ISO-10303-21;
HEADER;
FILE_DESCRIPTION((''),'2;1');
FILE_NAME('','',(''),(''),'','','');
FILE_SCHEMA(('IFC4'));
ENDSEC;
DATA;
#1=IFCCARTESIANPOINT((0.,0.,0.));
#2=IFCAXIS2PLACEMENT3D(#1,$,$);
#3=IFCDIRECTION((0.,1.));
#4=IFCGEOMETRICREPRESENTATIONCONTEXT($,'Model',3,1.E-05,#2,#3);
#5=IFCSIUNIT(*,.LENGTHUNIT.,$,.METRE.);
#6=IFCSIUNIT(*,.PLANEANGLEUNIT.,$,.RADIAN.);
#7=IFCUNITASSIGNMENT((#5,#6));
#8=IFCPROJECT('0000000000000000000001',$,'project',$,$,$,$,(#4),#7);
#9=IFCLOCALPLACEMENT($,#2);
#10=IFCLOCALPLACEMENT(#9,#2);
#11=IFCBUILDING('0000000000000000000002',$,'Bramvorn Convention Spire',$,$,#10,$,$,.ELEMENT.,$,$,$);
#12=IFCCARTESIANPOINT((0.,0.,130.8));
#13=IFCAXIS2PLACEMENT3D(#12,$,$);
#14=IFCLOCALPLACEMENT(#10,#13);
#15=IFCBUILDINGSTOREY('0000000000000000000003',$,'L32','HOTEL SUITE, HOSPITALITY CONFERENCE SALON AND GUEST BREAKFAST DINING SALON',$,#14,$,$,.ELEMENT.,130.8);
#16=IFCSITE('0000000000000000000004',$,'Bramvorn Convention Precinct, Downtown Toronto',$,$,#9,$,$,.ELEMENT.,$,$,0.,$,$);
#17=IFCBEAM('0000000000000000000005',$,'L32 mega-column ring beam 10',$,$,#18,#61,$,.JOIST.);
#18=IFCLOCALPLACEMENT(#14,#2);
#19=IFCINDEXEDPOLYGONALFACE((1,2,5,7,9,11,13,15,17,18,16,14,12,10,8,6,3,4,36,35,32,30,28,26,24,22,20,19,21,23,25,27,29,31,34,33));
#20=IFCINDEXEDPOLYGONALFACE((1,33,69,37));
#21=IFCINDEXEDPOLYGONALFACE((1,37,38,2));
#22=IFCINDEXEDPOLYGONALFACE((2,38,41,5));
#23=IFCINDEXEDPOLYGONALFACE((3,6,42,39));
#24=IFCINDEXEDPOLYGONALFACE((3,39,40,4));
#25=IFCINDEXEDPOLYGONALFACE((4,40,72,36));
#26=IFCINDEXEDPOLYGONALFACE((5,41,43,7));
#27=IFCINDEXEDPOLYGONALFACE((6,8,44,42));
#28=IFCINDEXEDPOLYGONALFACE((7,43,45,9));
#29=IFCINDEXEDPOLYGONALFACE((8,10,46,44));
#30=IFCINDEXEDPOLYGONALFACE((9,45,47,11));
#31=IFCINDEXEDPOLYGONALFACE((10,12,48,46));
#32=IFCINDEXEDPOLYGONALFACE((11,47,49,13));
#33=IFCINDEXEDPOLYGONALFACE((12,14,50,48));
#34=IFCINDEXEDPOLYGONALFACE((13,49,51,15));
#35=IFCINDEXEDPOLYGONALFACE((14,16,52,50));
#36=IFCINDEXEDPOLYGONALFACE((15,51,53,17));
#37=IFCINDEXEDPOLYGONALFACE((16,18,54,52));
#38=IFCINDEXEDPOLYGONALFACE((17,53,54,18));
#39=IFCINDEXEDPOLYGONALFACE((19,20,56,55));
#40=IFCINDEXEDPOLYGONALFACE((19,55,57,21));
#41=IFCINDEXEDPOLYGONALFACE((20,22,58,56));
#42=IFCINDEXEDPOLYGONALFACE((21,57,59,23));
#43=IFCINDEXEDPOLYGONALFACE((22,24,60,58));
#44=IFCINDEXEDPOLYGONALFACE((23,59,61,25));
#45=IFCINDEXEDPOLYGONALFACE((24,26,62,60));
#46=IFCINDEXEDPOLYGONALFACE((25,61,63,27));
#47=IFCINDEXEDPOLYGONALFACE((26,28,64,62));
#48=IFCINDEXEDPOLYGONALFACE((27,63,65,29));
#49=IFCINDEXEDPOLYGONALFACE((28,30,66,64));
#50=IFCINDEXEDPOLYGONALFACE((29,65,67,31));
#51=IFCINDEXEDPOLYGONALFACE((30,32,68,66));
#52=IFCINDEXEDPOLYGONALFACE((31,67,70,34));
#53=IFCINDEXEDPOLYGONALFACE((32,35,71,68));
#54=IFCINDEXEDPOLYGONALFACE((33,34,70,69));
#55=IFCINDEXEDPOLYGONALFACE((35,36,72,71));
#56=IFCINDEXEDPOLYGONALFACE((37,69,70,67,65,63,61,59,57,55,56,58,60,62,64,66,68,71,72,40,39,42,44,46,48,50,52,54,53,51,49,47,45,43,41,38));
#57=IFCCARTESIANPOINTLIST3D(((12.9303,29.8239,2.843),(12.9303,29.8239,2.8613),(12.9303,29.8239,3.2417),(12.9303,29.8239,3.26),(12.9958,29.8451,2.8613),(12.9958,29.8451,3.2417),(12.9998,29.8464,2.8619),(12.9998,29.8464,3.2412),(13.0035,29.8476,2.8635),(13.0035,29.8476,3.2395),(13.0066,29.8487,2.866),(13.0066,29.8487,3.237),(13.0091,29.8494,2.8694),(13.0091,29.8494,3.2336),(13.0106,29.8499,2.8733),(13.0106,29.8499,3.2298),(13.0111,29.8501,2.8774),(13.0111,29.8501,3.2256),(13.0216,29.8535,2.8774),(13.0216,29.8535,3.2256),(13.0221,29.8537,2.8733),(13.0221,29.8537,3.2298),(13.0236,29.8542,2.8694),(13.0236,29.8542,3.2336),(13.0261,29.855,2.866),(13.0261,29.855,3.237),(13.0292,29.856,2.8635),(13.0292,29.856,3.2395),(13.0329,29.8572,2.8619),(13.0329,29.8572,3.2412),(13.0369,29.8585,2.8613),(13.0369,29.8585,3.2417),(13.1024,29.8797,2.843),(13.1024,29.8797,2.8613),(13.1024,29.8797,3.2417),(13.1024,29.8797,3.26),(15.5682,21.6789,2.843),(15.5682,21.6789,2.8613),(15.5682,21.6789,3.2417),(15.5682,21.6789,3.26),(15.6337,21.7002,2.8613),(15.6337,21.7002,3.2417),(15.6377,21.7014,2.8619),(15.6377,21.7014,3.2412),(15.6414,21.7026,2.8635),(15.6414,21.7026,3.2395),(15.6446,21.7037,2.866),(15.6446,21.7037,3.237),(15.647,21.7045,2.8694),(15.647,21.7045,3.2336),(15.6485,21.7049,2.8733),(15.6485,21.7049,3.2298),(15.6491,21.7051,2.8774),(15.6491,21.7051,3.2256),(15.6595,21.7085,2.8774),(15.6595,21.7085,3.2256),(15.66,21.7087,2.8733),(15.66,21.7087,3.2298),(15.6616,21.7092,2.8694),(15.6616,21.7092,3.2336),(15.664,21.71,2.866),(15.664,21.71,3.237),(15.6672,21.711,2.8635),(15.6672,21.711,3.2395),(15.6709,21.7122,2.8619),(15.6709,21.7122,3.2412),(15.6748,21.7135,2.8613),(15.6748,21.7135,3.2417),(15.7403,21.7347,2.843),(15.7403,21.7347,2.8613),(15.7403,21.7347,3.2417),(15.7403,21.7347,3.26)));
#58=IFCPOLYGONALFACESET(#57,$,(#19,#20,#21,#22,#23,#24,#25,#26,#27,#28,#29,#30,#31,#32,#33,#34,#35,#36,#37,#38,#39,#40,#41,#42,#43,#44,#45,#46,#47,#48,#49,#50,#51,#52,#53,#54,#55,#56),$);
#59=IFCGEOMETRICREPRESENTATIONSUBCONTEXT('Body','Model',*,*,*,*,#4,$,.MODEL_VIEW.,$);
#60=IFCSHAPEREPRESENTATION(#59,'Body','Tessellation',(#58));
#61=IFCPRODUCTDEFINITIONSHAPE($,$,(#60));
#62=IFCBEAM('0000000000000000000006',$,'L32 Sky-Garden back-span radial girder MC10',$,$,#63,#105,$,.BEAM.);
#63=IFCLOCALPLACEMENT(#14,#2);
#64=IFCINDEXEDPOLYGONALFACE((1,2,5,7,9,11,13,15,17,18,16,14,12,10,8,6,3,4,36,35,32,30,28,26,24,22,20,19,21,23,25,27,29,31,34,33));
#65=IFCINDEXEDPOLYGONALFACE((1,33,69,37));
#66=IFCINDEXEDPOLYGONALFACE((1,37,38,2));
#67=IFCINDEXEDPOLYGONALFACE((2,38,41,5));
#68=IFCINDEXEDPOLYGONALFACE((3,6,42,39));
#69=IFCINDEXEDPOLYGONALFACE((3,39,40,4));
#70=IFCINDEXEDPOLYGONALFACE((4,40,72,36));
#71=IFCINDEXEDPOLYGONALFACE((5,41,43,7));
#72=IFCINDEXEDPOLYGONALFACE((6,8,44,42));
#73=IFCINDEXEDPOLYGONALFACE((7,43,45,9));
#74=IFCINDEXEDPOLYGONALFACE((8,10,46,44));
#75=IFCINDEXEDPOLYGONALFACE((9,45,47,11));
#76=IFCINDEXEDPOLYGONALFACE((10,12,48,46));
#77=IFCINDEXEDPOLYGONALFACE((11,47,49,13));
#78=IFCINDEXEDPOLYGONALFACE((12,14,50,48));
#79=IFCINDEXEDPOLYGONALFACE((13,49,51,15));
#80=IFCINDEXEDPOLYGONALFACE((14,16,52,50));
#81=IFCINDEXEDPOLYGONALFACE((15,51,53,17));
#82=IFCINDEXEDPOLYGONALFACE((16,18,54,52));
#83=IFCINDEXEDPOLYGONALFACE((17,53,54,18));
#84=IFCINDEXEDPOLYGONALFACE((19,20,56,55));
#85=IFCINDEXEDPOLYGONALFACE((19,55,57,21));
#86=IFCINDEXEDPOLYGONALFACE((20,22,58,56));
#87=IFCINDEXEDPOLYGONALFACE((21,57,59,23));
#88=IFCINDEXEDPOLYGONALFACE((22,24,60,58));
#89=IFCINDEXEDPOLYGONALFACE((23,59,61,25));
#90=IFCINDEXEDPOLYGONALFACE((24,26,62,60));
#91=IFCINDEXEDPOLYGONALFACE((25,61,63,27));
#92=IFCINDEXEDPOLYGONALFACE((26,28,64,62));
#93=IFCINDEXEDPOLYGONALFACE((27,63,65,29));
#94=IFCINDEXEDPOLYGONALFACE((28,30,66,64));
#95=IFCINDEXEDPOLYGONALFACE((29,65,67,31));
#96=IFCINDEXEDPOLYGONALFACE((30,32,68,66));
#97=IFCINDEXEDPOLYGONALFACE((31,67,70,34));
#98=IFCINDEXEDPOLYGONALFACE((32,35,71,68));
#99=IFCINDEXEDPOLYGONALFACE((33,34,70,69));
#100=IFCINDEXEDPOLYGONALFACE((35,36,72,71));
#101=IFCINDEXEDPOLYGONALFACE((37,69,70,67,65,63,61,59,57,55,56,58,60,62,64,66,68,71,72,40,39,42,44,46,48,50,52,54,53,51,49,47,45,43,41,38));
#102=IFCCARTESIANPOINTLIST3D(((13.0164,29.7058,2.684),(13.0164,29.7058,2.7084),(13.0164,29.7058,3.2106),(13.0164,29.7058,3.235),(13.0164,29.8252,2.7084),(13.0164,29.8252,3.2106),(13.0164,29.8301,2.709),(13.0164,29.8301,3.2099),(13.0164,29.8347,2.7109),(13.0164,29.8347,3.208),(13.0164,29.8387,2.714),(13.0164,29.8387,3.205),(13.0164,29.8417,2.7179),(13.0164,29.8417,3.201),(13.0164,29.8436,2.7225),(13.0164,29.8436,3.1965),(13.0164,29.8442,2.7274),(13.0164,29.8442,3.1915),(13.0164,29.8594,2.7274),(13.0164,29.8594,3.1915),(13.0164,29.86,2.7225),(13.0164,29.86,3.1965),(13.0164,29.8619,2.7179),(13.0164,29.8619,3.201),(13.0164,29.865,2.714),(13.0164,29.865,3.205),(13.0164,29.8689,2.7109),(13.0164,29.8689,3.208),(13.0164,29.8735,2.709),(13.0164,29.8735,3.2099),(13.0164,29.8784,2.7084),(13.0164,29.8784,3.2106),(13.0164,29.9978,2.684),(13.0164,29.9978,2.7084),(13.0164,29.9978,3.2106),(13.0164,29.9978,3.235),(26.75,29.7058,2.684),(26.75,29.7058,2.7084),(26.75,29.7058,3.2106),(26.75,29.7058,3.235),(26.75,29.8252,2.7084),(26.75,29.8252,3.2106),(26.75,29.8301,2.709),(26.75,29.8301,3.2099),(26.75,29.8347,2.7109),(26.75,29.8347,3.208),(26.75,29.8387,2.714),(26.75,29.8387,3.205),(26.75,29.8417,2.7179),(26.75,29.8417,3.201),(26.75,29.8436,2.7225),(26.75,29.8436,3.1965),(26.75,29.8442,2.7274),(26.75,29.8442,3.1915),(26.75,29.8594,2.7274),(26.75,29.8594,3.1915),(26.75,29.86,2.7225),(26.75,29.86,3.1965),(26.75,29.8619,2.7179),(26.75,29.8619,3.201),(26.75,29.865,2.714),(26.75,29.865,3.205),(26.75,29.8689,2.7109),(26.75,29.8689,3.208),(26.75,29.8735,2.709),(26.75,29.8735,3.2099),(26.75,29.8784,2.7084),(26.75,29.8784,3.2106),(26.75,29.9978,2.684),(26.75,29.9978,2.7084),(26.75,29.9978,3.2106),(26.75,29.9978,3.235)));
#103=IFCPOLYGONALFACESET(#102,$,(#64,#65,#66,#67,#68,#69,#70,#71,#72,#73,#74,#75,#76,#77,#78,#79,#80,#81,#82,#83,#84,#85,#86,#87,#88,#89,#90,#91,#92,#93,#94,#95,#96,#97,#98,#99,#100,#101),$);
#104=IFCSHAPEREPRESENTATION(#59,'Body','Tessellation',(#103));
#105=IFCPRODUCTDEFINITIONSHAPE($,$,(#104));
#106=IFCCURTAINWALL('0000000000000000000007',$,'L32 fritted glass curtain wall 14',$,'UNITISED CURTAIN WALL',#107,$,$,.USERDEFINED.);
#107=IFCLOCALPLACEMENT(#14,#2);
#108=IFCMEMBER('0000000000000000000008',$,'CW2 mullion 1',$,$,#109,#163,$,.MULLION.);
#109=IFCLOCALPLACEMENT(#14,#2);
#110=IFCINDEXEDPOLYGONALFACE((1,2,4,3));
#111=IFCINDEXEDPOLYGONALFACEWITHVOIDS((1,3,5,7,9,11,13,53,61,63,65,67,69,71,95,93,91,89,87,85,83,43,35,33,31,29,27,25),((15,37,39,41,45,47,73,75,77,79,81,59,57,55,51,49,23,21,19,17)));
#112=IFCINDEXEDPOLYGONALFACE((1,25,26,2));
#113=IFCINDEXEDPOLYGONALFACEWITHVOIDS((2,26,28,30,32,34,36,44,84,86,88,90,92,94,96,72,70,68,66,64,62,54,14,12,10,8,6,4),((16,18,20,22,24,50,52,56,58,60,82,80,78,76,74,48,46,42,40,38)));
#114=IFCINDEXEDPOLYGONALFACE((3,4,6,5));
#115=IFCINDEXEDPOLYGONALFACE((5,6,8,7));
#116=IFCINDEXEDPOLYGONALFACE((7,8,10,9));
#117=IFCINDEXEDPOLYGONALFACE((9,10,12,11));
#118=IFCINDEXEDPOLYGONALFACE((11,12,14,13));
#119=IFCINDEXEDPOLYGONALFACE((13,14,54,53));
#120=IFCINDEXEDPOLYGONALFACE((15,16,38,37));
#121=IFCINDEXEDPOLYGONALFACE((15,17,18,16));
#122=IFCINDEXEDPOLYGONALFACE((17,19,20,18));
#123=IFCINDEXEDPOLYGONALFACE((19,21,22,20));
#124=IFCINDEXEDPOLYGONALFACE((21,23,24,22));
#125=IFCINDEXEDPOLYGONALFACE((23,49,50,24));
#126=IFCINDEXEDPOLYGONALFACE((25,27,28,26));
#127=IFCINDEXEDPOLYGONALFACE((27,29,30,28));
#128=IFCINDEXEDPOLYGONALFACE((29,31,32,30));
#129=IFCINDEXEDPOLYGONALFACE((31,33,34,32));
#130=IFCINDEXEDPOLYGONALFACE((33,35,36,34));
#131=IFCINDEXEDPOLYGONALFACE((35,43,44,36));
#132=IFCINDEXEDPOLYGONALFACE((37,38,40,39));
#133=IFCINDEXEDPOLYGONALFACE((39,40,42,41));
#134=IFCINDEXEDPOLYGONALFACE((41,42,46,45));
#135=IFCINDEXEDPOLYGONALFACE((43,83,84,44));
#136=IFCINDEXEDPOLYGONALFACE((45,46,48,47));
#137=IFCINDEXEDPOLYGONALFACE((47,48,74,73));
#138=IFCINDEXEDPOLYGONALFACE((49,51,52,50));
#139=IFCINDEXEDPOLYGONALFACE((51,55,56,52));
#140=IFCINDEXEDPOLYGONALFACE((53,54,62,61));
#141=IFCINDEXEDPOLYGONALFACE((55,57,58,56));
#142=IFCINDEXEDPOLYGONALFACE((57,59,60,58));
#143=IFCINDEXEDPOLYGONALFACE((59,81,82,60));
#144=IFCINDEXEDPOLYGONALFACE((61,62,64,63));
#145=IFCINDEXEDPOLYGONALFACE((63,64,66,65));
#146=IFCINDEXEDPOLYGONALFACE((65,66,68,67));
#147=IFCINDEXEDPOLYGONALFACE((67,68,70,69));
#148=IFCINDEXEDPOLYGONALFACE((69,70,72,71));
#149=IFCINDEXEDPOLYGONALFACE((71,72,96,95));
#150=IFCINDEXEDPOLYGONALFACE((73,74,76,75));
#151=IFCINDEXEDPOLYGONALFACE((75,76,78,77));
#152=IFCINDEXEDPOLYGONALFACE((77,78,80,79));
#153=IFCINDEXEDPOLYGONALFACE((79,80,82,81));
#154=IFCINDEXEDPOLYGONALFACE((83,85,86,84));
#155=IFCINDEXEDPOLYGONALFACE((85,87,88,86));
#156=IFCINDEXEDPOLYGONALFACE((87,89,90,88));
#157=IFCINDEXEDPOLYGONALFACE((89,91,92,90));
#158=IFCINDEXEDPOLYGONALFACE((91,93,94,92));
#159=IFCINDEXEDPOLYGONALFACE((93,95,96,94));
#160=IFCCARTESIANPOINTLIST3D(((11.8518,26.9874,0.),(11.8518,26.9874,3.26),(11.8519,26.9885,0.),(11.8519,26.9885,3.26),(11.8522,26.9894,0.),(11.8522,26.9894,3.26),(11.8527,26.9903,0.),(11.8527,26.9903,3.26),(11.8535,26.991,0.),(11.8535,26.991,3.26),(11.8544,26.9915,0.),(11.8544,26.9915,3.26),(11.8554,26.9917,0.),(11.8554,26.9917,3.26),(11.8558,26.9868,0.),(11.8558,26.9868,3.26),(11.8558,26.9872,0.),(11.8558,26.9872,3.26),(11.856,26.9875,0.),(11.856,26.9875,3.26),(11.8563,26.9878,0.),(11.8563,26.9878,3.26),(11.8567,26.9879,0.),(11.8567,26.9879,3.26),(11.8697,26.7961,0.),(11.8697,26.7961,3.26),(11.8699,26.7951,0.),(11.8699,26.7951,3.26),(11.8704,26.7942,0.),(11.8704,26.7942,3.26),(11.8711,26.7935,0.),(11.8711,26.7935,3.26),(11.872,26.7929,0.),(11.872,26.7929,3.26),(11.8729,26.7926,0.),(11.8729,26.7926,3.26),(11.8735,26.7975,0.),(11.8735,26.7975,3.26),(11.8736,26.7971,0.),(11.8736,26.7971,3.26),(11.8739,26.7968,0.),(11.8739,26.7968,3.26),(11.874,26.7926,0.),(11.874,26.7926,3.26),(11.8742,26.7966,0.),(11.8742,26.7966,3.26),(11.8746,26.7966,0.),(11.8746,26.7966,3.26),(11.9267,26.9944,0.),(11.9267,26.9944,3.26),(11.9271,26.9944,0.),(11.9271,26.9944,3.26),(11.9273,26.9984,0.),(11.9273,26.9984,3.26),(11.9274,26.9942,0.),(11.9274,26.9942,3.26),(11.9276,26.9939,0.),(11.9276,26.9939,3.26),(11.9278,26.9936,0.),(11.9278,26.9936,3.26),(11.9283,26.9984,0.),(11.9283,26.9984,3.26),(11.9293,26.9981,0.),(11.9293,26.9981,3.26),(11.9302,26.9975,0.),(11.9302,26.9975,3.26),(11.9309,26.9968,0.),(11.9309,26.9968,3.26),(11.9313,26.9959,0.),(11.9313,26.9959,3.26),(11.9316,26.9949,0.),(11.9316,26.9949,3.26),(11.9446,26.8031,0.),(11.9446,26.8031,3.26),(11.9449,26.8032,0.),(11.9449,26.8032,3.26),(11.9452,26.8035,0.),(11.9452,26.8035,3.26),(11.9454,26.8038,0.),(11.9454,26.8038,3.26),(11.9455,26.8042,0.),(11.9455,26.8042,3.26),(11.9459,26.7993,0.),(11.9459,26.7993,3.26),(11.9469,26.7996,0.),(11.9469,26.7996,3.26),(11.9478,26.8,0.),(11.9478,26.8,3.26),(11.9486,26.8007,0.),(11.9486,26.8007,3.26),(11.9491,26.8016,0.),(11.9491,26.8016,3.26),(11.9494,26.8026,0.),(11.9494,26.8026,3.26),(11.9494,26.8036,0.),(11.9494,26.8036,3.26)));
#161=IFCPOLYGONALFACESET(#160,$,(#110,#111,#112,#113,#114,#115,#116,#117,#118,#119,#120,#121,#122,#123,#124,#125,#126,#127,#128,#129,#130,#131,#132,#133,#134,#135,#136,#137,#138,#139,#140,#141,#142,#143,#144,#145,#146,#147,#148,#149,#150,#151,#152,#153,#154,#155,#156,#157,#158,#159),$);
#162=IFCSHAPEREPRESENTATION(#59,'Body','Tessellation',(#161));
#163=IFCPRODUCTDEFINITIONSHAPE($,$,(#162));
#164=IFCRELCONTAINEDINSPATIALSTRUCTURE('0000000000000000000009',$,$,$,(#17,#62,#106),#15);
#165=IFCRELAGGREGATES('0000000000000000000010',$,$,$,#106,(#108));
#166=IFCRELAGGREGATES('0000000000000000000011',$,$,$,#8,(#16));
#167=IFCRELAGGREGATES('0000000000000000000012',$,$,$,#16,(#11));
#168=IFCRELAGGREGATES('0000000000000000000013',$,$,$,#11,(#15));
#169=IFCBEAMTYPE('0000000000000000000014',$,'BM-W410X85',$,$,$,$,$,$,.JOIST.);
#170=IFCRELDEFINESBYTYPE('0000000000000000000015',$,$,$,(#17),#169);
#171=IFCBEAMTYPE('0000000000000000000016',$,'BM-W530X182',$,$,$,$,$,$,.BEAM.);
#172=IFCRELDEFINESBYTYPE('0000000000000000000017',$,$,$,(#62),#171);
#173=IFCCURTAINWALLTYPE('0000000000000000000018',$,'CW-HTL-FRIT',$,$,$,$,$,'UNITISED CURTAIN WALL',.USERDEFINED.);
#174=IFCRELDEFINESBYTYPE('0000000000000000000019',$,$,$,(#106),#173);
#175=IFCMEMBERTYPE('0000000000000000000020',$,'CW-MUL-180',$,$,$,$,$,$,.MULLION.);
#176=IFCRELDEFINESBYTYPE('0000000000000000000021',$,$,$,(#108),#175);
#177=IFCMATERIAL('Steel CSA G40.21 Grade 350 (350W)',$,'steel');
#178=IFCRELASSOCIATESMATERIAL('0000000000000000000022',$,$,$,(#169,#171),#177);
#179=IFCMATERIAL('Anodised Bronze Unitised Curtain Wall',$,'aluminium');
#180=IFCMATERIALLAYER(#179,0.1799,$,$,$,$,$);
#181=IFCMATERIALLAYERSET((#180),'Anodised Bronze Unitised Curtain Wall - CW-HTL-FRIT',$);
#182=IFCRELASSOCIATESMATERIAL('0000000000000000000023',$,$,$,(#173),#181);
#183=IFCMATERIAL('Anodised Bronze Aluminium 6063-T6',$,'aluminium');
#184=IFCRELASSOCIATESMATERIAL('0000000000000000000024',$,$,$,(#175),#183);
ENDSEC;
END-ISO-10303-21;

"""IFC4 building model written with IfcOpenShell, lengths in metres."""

from ifc_helpers import new_model, si_unit, direction, frame, origin, origin_2d, place, context, subcontext, project, spatial, hollow_rectangle, i_section, extrude, material, layer, layer_set, material_profile, profile_set, type_object, element, aggregate, save


model = new_model("IFC4")

# Units and contexts
model_context = context("Model", 3, precision=1e-05, world=origin(), true_north=direction((0.0, 1.0)))
body_context = subcontext(model_context, "Body", "Model", "MODEL_VIEW")
ifc_project = project(units=[si_unit("LENGTHUNIT", "METRE"), si_unit("PLANEANGLEUNIT", "RADIAN")], contexts=[model_context])

# Site, building, storey
site_placement = place(None, origin())
site = spatial("IfcSite", under=ifc_project, at=site_placement, Name="Bramvorn Convention Precinct, Downtown Toronto", CompositionType="ELEMENT", RefElevation=0.0)
building_placement = place(site_placement, origin())
building = spatial("IfcBuilding", under=site, at=building_placement, Name="Bramvorn Convention Spire", CompositionType="ELEMENT")
storey_placement = place(building_placement, frame((0.0, 0.0, 130.8)))
storey = spatial("IfcBuildingStorey", under=building, at=storey_placement, Name="L32", Description="HOTEL SUITE, HOSPITALITY CONFERENCE SALON AND GUEST BREAKFAST DINING SALON", CompositionType="ELEMENT", Elevation=130.8)

# Shared definitions
ifc_material_1 = material(Name="Steel CSA G40.21 Grade 350 (350W)", Category="steel")

# Beams
ifc_material_profile_1 = material_profile(ifc_material_1, i_section(OverallWidth=0.1809, OverallDepth=0.417, WebThickness=0.011, FlangeThickness=0.0183, FilletRadius=0.0161, at=origin_2d()))
ifc_profile_set_1 = profile_set([ifc_material_profile_1], Name="Steel CSA G40.21 Grade 350 (350W) - W410X85")
beam_type_1 = type_object("IfcBeamType", Name="BM-W410X85", PredefinedType="JOIST", material=ifc_profile_set_1)
beam_1_placement = place(storey_placement, frame((13.0164, 29.8518, 3.0515), z_axis=(0.308115, -0.951349, 0.0), x_axis=(0.951349, 0.308115, 0.0)))
element("IfcBeam", 1, at=beam_1_placement, inside=storey, type_object=beam_type_1, Name="L32 mega-column ring beam 10", PredefinedType="JOIST", context=body_context, shape_type="SweptSolid", body=[
    extrude(i_section(OverallWidth=0.1809, OverallDepth=0.417, WebThickness=0.011, FlangeThickness=0.0183, FilletRadius=0.0161, at=origin_2d()), origin(), (0.0, 0.0, 1.0), 8.5615),
])
ifc_material_profile_2 = material_profile(ifc_material_1, i_section(OverallWidth=0.292, OverallDepth=0.551, WebThickness=0.0151, FlangeThickness=0.0244, FilletRadius=0.019, at=origin_2d()))
ifc_profile_set_2 = profile_set([ifc_material_profile_2], Name="Steel CSA G40.21 Grade 350 (350W) - W530X182")
beam_type_2 = type_object("IfcBeamType", Name="BM-W530X182", PredefinedType="BEAM", material=ifc_profile_set_2)
beam_2_placement = place(storey_placement, frame((26.75, 29.8518, 2.9595), z_axis=(-1.0, 0.0, 0.0), x_axis=(0.0, -1.0, 0.0)))
element("IfcBeam", 2, at=beam_2_placement, inside=storey, type_object=beam_type_2, Name="L32 Sky-Garden back-span radial girder MC10", PredefinedType="BEAM", context=body_context, shape_type="SweptSolid", body=[
    extrude(i_section(OverallWidth=0.292, OverallDepth=0.551, WebThickness=0.0151, FlangeThickness=0.0244, FilletRadius=0.019, at=origin_2d()), origin(), (0.0, 0.0, 1.0), 13.7336),
])

# Curtain wall, member
ifc_material_2 = material(Name="Anodised Bronze Unitised Curtain Wall", Category="aluminium")
ifc_layer_1 = layer(ifc_material_2, 0.1799)
ifc_layer_set_1 = layer_set([ifc_layer_1], Name="Anodised Bronze Unitised Curtain Wall - CW-HTL-FRIT")
curtain_wall_type = type_object("IfcCurtainWallType", Name="CW-HTL-FRIT", ElementType="UNITISED CURTAIN WALL", PredefinedType="USERDEFINED", material=ifc_layer_set_1)
curtain_wall_1_placement = place(storey_placement, origin())
curtain_wall_1 = element("IfcCurtainWall", 3, at=curtain_wall_1_placement, inside=storey, type_object=curtain_wall_type, Name="L32 fritted glass curtain wall 14", ObjectType="UNITISED CURTAIN WALL", PredefinedType="USERDEFINED")
ifc_material_3 = material(Name="Anodised Bronze Aluminium 6063-T6", Category="aluminium")
ifc_material_profile_3 = material_profile(ifc_material_3, hollow_rectangle(XDim=0.0801, YDim=0.2, WallThickness=0.0039, InnerFilletRadius=0.001, OuterFilletRadius=0.0039, at=origin_2d()))
ifc_profile_set_3 = profile_set([ifc_material_profile_3], Name="Anodised Bronze Aluminium 6063-T6 - CWM80X200")
member_type_1 = type_object("IfcMemberType", Name="CW-MUL-180", PredefinedType="MULLION", material=ifc_profile_set_3)
member_1_placement = place(storey_placement, frame((11.9006, 26.8955, 0.0), z_axis=(0.0, 0.0, 1.0), x_axis=(-0.995657, -0.093101, 0.0)))
member_1 = element("IfcMember", 4, at=member_1_placement, type_object=member_type_1, Name="CW2 mullion 1", PredefinedType="MULLION", context=body_context, shape_type="SweptSolid", body=[
    extrude(hollow_rectangle(XDim=0.0801, YDim=0.2, WallThickness=0.0039, InnerFilletRadius=0.001, OuterFilletRadius=0.0039, at=origin_2d()), origin(), (0.0, 0.0, 1.0), 3.26),
])

aggregate(curtain_wall_1, [member_1])

save(model, "model.ifc")
